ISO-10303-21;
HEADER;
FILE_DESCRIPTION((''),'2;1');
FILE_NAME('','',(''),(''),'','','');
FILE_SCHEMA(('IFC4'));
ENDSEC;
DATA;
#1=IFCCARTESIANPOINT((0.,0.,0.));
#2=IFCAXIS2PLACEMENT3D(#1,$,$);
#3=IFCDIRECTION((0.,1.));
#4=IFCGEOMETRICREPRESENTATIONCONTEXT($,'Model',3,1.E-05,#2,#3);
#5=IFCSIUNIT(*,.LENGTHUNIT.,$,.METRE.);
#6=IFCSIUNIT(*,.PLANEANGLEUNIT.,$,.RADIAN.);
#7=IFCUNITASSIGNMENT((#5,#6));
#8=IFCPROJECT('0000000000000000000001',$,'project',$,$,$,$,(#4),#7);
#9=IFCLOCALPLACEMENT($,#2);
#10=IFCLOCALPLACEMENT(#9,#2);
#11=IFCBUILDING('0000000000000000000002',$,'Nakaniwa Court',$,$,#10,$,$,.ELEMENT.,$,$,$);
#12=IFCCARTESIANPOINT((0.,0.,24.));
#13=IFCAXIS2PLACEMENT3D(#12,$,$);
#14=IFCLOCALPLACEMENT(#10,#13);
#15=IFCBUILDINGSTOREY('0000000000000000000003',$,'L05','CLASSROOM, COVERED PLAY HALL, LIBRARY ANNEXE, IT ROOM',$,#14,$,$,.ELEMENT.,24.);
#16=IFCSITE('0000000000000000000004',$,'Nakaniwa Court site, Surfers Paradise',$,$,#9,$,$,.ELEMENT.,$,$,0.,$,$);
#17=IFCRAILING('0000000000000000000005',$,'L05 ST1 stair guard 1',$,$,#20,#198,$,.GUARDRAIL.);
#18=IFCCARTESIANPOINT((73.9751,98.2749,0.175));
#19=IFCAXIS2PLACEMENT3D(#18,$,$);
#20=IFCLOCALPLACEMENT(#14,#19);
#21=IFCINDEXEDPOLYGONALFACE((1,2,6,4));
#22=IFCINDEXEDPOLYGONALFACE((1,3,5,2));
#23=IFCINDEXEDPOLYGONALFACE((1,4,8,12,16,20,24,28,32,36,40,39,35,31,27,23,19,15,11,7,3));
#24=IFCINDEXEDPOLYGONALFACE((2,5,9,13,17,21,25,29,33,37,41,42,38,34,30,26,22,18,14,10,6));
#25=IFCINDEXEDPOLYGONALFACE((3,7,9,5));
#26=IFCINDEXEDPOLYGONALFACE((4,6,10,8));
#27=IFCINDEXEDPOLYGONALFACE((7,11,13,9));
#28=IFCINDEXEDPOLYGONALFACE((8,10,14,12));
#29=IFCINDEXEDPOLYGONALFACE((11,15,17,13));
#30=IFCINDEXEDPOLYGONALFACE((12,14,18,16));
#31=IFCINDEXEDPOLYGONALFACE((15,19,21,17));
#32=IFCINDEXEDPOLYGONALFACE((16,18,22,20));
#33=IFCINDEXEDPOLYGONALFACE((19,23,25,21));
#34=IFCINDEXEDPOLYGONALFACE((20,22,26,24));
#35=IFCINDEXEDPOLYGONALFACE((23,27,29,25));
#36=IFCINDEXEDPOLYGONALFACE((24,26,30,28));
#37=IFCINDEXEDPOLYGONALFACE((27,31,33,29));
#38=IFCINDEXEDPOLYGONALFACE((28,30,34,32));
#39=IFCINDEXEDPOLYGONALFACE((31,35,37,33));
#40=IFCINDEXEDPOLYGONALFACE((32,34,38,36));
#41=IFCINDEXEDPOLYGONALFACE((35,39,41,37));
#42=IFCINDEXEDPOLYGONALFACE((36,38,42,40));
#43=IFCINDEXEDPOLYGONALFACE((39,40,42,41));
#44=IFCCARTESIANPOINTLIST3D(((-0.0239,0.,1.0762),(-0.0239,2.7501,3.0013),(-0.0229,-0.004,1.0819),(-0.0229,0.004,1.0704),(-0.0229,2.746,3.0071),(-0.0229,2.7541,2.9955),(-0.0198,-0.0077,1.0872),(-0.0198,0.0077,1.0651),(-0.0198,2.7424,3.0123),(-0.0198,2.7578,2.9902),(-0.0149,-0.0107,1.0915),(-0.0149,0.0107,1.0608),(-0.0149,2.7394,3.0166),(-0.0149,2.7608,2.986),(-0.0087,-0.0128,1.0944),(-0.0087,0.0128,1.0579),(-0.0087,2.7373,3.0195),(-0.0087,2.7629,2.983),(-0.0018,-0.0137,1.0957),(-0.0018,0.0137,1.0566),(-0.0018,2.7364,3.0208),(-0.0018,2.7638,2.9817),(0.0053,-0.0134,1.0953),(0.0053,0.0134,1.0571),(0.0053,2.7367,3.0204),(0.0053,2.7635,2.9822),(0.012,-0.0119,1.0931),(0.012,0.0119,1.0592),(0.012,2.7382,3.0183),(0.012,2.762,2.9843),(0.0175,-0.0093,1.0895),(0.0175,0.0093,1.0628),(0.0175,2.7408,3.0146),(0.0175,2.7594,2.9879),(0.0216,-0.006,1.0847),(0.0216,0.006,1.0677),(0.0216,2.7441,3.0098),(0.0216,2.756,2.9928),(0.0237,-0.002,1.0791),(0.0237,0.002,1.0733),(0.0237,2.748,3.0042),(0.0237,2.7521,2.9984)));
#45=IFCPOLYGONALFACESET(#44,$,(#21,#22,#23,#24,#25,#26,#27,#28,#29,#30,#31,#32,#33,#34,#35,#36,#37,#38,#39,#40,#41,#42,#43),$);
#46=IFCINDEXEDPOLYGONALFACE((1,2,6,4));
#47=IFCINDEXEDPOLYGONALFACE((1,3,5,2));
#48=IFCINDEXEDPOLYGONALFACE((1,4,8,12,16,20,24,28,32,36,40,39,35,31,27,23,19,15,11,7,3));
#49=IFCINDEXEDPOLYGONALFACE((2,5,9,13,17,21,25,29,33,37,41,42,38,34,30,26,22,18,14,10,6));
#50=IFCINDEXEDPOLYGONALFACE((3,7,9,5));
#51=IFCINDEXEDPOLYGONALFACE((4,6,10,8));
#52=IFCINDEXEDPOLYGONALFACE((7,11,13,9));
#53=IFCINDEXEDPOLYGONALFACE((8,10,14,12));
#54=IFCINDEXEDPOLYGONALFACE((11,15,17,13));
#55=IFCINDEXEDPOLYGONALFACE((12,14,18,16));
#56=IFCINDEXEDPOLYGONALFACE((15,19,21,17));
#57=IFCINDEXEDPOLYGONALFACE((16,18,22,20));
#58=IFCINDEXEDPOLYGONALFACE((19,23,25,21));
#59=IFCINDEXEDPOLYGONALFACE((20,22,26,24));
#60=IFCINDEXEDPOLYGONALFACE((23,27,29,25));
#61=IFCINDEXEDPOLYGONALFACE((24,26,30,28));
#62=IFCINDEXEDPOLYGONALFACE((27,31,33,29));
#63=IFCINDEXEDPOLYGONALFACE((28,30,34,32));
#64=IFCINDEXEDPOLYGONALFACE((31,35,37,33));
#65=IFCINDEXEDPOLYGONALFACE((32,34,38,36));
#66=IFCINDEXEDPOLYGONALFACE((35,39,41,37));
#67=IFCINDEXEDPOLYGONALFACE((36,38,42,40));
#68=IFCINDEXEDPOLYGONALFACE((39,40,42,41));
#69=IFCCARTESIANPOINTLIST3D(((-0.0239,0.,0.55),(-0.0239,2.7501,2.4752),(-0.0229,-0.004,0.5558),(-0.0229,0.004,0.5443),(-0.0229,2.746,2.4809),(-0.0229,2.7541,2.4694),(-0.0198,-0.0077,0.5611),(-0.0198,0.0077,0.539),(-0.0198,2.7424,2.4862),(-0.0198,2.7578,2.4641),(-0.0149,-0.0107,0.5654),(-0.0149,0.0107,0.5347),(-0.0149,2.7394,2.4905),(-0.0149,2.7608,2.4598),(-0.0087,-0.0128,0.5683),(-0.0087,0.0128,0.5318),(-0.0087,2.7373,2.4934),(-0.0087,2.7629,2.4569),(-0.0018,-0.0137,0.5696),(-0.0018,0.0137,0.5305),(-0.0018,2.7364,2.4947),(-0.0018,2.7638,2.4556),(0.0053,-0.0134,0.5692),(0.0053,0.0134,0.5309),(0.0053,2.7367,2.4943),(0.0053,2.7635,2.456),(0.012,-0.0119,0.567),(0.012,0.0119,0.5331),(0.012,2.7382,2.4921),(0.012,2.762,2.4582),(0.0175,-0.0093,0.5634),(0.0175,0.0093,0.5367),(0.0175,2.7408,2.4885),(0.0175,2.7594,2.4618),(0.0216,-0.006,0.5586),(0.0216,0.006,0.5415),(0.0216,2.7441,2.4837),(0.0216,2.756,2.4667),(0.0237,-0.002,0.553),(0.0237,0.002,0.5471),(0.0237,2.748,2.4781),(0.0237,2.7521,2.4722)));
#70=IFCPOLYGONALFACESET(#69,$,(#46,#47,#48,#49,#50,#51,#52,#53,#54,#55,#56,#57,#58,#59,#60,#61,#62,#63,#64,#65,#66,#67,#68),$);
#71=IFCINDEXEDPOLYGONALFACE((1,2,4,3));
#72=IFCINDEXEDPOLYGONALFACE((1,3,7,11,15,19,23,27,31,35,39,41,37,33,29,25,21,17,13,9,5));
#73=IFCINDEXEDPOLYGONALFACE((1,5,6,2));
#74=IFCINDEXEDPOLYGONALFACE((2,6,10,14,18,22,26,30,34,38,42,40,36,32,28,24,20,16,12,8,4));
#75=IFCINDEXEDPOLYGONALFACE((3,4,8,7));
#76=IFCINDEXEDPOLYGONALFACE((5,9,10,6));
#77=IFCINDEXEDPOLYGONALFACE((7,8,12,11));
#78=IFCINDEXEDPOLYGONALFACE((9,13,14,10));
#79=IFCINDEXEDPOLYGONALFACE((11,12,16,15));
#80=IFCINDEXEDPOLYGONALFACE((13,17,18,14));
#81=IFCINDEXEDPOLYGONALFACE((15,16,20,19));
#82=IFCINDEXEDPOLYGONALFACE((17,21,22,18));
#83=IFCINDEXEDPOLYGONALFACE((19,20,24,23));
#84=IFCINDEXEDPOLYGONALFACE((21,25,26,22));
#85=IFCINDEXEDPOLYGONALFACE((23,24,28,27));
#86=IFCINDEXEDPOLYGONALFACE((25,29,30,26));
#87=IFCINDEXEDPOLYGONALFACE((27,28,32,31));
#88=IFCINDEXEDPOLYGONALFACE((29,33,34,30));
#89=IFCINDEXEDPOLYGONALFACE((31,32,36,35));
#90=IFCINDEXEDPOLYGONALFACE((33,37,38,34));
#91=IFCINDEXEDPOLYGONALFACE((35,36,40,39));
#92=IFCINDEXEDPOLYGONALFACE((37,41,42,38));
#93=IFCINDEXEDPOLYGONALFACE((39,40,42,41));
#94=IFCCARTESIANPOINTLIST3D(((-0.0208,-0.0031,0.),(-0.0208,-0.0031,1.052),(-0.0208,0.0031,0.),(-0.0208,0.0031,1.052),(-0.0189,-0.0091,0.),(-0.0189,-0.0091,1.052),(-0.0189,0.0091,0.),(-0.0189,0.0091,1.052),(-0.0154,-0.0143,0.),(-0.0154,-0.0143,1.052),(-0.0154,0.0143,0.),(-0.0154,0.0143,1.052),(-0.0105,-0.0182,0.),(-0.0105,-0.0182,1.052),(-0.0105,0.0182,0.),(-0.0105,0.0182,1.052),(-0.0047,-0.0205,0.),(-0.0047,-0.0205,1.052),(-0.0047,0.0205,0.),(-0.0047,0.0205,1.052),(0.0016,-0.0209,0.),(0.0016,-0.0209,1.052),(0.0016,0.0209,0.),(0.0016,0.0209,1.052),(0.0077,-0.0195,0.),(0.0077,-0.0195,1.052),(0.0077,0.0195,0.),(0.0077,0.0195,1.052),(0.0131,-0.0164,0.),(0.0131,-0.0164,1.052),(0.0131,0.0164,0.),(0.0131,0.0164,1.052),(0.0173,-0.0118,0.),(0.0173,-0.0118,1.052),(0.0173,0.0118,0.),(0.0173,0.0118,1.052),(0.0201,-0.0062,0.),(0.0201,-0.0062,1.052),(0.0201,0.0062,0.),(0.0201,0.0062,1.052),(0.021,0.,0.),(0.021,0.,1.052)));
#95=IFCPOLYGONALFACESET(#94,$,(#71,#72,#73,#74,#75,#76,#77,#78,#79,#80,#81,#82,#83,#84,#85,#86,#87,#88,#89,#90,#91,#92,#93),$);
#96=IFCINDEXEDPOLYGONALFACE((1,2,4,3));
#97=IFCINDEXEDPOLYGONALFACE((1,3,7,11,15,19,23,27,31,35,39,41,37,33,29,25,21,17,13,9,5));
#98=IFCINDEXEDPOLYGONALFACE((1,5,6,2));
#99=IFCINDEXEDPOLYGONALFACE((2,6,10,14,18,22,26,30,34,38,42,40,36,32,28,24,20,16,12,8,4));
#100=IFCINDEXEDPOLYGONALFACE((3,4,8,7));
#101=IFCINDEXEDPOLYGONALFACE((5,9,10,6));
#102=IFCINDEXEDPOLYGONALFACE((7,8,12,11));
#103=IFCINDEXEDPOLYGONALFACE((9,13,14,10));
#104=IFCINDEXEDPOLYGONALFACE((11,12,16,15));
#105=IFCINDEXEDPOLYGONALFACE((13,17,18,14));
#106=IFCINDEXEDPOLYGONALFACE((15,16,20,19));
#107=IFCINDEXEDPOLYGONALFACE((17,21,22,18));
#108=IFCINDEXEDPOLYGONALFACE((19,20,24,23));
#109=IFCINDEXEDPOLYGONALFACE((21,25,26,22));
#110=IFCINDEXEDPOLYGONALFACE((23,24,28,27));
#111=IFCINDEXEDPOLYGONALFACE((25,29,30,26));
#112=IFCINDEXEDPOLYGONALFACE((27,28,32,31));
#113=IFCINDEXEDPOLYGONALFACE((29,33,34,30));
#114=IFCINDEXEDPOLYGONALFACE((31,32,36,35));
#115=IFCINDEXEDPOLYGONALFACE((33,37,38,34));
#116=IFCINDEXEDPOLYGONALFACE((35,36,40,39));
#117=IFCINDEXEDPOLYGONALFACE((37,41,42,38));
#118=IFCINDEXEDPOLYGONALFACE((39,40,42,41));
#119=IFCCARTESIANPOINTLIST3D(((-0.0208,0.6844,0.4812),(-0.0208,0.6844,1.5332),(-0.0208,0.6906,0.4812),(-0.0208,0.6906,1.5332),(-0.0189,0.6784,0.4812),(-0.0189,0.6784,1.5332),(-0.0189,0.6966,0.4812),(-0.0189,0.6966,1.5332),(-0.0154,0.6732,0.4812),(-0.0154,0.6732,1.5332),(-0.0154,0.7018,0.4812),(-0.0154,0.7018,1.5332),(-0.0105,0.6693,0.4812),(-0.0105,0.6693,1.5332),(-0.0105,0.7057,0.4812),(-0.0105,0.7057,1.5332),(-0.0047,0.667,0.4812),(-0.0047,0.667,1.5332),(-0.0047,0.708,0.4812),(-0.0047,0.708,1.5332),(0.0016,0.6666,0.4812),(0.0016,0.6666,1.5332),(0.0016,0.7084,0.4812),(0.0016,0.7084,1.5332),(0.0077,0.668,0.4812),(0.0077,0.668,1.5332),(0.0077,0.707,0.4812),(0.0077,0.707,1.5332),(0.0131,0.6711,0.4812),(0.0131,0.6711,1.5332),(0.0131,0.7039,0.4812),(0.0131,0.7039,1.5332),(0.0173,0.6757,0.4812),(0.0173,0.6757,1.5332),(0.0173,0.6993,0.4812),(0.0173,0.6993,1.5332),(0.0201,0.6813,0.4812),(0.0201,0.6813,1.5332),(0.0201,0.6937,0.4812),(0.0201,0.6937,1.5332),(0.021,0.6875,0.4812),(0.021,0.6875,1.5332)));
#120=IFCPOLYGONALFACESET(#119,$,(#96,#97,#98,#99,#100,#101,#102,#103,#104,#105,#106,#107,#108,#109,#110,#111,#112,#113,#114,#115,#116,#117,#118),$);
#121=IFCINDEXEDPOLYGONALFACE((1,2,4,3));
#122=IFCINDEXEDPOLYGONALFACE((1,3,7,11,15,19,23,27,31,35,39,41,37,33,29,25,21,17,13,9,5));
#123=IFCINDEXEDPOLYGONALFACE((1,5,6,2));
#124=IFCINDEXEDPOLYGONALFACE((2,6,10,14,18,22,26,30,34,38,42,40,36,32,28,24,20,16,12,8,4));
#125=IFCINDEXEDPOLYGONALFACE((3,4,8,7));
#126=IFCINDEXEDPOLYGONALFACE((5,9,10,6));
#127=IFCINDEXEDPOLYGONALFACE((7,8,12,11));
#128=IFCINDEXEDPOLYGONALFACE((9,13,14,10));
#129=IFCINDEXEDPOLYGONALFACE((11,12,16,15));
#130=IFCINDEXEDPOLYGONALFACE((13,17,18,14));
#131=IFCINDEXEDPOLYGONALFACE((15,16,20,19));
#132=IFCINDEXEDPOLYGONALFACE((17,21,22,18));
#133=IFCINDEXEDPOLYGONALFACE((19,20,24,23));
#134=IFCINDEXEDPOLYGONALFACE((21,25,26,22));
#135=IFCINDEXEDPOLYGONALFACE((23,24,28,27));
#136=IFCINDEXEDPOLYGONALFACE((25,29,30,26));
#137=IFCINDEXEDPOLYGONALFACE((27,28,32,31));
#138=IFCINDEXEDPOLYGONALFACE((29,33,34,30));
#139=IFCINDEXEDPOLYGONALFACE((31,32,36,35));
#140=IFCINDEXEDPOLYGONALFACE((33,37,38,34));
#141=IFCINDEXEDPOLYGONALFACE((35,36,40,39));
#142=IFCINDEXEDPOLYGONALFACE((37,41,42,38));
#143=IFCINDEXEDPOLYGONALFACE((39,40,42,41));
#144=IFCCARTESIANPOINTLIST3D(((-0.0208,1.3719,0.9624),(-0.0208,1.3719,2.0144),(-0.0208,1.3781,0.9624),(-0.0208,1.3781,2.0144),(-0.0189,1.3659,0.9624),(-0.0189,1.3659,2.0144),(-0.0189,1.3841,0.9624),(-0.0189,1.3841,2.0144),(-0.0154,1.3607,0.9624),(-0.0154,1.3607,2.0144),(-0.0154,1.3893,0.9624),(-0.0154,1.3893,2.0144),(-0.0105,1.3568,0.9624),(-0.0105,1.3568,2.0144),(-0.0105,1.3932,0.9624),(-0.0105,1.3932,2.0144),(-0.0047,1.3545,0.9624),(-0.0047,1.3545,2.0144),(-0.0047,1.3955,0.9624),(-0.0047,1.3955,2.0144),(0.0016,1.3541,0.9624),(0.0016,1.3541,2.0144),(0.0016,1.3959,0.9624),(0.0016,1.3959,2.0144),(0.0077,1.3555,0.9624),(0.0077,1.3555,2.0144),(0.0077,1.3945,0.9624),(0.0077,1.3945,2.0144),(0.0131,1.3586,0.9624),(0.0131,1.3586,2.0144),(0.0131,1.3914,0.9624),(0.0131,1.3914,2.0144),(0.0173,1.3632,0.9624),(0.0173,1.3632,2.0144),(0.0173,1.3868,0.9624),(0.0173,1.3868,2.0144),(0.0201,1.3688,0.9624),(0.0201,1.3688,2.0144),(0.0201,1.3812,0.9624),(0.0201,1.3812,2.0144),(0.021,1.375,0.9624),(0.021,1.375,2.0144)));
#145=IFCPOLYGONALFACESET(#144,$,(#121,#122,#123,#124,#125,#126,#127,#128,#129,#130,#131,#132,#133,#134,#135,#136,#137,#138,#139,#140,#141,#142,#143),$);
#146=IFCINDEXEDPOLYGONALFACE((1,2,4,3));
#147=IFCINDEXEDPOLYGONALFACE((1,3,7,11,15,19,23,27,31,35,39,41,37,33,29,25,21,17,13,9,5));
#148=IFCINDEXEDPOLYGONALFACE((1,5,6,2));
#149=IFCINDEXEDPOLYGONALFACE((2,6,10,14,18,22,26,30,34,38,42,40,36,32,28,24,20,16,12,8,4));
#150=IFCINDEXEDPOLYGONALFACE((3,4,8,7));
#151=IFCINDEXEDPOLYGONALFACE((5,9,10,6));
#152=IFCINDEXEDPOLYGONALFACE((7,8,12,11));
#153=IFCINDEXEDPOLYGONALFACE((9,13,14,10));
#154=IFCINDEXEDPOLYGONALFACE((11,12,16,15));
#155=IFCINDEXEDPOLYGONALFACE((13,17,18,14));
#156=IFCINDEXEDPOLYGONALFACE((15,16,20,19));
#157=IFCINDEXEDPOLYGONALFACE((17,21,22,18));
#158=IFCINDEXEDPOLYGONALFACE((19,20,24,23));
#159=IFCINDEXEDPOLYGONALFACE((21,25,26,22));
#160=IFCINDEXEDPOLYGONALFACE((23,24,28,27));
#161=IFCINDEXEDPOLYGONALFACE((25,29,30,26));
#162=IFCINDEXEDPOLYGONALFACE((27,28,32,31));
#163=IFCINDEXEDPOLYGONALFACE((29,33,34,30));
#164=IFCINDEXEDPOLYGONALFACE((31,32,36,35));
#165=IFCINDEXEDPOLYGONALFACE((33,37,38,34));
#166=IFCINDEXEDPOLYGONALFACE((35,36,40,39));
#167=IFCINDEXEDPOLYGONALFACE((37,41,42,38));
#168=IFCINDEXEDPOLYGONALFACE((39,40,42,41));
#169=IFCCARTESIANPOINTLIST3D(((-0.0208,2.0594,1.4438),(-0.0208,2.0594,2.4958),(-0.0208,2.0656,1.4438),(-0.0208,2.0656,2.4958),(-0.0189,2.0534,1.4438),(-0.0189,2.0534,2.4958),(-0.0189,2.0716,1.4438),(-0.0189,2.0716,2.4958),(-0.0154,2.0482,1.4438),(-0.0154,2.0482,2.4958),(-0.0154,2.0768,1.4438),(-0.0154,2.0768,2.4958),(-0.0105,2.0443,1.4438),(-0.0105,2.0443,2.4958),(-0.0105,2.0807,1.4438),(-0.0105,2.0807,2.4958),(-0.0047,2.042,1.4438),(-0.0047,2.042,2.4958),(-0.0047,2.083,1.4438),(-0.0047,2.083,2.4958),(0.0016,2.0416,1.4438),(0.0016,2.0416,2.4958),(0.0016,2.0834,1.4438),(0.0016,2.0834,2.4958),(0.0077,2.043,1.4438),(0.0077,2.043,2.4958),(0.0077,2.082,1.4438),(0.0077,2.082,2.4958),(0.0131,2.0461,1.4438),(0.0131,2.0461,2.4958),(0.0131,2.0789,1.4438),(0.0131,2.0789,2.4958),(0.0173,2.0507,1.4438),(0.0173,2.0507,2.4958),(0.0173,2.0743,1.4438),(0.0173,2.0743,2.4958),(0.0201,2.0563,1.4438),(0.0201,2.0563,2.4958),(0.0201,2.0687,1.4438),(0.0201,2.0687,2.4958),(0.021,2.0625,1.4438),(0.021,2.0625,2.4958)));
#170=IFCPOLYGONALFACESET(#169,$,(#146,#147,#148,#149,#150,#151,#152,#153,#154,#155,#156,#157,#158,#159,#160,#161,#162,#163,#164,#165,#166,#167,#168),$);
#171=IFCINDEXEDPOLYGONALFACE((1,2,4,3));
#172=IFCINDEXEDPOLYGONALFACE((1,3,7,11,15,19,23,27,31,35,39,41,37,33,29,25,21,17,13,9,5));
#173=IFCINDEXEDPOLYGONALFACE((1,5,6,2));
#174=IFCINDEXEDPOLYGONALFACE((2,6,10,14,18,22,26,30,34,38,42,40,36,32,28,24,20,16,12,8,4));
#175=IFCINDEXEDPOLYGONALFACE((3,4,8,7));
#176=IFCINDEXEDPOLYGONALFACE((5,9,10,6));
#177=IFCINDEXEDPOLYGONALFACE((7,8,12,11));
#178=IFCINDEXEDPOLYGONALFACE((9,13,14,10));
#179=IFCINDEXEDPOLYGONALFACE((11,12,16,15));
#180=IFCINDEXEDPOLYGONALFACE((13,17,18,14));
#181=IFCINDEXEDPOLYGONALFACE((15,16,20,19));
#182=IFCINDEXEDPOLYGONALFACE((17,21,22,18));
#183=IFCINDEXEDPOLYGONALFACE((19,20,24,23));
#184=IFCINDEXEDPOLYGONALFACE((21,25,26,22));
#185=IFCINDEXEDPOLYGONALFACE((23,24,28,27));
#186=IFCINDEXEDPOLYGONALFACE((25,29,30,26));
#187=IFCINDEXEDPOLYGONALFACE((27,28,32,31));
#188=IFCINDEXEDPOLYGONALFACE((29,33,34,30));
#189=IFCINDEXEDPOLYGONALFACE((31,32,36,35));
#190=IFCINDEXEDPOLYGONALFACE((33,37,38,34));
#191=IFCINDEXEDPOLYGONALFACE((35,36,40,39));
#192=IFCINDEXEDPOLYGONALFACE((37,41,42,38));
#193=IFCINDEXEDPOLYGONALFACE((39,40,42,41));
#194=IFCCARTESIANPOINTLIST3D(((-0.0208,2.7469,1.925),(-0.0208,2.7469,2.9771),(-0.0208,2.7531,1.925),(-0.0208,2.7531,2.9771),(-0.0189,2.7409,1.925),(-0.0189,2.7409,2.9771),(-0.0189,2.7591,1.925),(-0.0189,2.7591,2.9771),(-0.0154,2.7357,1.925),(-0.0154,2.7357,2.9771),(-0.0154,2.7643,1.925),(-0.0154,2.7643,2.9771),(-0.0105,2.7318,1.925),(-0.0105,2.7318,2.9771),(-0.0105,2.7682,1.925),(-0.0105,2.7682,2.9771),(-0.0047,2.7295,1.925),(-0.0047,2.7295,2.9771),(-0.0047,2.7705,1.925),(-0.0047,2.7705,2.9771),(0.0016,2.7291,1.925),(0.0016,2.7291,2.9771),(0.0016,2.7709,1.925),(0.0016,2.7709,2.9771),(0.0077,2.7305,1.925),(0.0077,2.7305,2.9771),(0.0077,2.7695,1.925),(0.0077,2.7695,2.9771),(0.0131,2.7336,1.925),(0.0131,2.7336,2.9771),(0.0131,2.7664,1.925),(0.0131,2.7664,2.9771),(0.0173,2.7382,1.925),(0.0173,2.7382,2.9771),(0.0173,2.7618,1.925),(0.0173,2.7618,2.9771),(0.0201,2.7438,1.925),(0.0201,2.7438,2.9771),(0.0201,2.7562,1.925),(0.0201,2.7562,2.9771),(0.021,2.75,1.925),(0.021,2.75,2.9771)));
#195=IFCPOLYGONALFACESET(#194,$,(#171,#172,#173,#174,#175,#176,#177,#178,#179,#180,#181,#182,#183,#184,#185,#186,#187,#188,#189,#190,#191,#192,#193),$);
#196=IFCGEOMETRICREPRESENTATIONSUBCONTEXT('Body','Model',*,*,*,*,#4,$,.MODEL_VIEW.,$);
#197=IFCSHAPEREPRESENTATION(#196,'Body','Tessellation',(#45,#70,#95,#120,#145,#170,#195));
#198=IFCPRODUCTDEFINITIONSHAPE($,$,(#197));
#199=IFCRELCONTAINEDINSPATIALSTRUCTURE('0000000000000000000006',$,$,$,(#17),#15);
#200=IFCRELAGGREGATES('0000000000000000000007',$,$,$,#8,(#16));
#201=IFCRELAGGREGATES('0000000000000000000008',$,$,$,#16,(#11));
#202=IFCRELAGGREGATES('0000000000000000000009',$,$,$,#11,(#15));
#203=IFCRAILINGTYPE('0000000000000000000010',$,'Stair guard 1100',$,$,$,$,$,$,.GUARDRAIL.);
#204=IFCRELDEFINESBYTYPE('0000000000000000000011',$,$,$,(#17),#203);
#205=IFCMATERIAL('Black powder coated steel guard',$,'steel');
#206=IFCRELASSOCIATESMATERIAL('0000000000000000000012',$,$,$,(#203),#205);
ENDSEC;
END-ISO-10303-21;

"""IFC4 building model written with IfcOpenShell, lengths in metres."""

from ifc_helpers import new_model, si_unit, direction, frame, origin, origin_2d, place, context, subcontext, project, spatial, circle, extrude, material, type_object, element, save


model = new_model("IFC4")

# Units and contexts
model_context = context("Model", 3, precision=1e-05, world=origin(), true_north=direction((0.0, 1.0)))
body_context = subcontext(model_context, "Body", "Model", "MODEL_VIEW")
ifc_project = project(units=[si_unit("LENGTHUNIT", "METRE"), si_unit("PLANEANGLEUNIT", "RADIAN")], contexts=[model_context])

# Site, building, storey
site_placement = place(None, origin())
site = spatial("IfcSite", under=ifc_project, at=site_placement, Name="Nakaniwa Court site, Surfers Paradise", CompositionType="ELEMENT", RefElevation=0.0)
building_placement = place(site_placement, origin())
building = spatial("IfcBuilding", under=site, at=building_placement, Name="Nakaniwa Court", CompositionType="ELEMENT")
storey_placement = place(building_placement, frame((0.0, 0.0, 24.0)))
storey = spatial("IfcBuildingStorey", under=building, at=storey_placement, Name="L05", Description="CLASSROOM, COVERED PLAY HALL, LIBRARY ANNEXE, IT ROOM", CompositionType="ELEMENT", Elevation=24.0)

# Railing
ifc_material_1 = material(Name="Black powder coated steel guard", Category="steel")
railing_type_1 = type_object("IfcRailingType", Name="Stair guard 1100", PredefinedType="GUARDRAIL", material=ifc_material_1)
railing_1_placement = place(storey_placement, frame((73.9751, 98.2749, 0.175)))
element("IfcRailing", 1, at=railing_1_placement, inside=storey, type_object=railing_type_1, Name="L05 ST1 stair guard 1", PredefinedType="GUARDRAIL", context=body_context, shape_type="SweptSolid", body=[
    extrude(circle(Radius=0.0239, at=origin_2d()), frame((0.0, 0.0, 1.0762), z_axis=(0.0, 0.819225, 0.573472), x_axis=(-1.0, 0.0, 0.0)), (0.0, 0.0, 1.0), 3.3569),
    extrude(circle(Radius=0.0239, at=origin_2d()), frame((0.0, 0.0, 0.55), z_axis=(0.0, 0.819225, 0.573472), x_axis=(-1.0, 0.0, 0.0)), (0.0, 0.0, 1.0), 3.3569),
    extrude(circle(Radius=0.021, at=origin_2d()), origin(), (0.0, 0.0, 1.0), 1.052),
    extrude(circle(Radius=0.021, at=origin_2d()), frame((0.0, 0.6875, 0.4812)), (0.0, 0.0, 1.0), 1.052),
    extrude(circle(Radius=0.021, at=origin_2d()), frame((0.0, 1.375, 0.9624)), (0.0, 0.0, 1.0), 1.052),
    extrude(circle(Radius=0.021, at=origin_2d()), frame((0.0, 2.0625, 1.4438)), (0.0, 0.0, 1.0), 1.052),
    extrude(circle(Radius=0.021, at=origin_2d()), frame((0.0, 2.75, 1.925)), (0.0, 0.0, 1.0), 1.052),
])

save(model, "model.ifc")
